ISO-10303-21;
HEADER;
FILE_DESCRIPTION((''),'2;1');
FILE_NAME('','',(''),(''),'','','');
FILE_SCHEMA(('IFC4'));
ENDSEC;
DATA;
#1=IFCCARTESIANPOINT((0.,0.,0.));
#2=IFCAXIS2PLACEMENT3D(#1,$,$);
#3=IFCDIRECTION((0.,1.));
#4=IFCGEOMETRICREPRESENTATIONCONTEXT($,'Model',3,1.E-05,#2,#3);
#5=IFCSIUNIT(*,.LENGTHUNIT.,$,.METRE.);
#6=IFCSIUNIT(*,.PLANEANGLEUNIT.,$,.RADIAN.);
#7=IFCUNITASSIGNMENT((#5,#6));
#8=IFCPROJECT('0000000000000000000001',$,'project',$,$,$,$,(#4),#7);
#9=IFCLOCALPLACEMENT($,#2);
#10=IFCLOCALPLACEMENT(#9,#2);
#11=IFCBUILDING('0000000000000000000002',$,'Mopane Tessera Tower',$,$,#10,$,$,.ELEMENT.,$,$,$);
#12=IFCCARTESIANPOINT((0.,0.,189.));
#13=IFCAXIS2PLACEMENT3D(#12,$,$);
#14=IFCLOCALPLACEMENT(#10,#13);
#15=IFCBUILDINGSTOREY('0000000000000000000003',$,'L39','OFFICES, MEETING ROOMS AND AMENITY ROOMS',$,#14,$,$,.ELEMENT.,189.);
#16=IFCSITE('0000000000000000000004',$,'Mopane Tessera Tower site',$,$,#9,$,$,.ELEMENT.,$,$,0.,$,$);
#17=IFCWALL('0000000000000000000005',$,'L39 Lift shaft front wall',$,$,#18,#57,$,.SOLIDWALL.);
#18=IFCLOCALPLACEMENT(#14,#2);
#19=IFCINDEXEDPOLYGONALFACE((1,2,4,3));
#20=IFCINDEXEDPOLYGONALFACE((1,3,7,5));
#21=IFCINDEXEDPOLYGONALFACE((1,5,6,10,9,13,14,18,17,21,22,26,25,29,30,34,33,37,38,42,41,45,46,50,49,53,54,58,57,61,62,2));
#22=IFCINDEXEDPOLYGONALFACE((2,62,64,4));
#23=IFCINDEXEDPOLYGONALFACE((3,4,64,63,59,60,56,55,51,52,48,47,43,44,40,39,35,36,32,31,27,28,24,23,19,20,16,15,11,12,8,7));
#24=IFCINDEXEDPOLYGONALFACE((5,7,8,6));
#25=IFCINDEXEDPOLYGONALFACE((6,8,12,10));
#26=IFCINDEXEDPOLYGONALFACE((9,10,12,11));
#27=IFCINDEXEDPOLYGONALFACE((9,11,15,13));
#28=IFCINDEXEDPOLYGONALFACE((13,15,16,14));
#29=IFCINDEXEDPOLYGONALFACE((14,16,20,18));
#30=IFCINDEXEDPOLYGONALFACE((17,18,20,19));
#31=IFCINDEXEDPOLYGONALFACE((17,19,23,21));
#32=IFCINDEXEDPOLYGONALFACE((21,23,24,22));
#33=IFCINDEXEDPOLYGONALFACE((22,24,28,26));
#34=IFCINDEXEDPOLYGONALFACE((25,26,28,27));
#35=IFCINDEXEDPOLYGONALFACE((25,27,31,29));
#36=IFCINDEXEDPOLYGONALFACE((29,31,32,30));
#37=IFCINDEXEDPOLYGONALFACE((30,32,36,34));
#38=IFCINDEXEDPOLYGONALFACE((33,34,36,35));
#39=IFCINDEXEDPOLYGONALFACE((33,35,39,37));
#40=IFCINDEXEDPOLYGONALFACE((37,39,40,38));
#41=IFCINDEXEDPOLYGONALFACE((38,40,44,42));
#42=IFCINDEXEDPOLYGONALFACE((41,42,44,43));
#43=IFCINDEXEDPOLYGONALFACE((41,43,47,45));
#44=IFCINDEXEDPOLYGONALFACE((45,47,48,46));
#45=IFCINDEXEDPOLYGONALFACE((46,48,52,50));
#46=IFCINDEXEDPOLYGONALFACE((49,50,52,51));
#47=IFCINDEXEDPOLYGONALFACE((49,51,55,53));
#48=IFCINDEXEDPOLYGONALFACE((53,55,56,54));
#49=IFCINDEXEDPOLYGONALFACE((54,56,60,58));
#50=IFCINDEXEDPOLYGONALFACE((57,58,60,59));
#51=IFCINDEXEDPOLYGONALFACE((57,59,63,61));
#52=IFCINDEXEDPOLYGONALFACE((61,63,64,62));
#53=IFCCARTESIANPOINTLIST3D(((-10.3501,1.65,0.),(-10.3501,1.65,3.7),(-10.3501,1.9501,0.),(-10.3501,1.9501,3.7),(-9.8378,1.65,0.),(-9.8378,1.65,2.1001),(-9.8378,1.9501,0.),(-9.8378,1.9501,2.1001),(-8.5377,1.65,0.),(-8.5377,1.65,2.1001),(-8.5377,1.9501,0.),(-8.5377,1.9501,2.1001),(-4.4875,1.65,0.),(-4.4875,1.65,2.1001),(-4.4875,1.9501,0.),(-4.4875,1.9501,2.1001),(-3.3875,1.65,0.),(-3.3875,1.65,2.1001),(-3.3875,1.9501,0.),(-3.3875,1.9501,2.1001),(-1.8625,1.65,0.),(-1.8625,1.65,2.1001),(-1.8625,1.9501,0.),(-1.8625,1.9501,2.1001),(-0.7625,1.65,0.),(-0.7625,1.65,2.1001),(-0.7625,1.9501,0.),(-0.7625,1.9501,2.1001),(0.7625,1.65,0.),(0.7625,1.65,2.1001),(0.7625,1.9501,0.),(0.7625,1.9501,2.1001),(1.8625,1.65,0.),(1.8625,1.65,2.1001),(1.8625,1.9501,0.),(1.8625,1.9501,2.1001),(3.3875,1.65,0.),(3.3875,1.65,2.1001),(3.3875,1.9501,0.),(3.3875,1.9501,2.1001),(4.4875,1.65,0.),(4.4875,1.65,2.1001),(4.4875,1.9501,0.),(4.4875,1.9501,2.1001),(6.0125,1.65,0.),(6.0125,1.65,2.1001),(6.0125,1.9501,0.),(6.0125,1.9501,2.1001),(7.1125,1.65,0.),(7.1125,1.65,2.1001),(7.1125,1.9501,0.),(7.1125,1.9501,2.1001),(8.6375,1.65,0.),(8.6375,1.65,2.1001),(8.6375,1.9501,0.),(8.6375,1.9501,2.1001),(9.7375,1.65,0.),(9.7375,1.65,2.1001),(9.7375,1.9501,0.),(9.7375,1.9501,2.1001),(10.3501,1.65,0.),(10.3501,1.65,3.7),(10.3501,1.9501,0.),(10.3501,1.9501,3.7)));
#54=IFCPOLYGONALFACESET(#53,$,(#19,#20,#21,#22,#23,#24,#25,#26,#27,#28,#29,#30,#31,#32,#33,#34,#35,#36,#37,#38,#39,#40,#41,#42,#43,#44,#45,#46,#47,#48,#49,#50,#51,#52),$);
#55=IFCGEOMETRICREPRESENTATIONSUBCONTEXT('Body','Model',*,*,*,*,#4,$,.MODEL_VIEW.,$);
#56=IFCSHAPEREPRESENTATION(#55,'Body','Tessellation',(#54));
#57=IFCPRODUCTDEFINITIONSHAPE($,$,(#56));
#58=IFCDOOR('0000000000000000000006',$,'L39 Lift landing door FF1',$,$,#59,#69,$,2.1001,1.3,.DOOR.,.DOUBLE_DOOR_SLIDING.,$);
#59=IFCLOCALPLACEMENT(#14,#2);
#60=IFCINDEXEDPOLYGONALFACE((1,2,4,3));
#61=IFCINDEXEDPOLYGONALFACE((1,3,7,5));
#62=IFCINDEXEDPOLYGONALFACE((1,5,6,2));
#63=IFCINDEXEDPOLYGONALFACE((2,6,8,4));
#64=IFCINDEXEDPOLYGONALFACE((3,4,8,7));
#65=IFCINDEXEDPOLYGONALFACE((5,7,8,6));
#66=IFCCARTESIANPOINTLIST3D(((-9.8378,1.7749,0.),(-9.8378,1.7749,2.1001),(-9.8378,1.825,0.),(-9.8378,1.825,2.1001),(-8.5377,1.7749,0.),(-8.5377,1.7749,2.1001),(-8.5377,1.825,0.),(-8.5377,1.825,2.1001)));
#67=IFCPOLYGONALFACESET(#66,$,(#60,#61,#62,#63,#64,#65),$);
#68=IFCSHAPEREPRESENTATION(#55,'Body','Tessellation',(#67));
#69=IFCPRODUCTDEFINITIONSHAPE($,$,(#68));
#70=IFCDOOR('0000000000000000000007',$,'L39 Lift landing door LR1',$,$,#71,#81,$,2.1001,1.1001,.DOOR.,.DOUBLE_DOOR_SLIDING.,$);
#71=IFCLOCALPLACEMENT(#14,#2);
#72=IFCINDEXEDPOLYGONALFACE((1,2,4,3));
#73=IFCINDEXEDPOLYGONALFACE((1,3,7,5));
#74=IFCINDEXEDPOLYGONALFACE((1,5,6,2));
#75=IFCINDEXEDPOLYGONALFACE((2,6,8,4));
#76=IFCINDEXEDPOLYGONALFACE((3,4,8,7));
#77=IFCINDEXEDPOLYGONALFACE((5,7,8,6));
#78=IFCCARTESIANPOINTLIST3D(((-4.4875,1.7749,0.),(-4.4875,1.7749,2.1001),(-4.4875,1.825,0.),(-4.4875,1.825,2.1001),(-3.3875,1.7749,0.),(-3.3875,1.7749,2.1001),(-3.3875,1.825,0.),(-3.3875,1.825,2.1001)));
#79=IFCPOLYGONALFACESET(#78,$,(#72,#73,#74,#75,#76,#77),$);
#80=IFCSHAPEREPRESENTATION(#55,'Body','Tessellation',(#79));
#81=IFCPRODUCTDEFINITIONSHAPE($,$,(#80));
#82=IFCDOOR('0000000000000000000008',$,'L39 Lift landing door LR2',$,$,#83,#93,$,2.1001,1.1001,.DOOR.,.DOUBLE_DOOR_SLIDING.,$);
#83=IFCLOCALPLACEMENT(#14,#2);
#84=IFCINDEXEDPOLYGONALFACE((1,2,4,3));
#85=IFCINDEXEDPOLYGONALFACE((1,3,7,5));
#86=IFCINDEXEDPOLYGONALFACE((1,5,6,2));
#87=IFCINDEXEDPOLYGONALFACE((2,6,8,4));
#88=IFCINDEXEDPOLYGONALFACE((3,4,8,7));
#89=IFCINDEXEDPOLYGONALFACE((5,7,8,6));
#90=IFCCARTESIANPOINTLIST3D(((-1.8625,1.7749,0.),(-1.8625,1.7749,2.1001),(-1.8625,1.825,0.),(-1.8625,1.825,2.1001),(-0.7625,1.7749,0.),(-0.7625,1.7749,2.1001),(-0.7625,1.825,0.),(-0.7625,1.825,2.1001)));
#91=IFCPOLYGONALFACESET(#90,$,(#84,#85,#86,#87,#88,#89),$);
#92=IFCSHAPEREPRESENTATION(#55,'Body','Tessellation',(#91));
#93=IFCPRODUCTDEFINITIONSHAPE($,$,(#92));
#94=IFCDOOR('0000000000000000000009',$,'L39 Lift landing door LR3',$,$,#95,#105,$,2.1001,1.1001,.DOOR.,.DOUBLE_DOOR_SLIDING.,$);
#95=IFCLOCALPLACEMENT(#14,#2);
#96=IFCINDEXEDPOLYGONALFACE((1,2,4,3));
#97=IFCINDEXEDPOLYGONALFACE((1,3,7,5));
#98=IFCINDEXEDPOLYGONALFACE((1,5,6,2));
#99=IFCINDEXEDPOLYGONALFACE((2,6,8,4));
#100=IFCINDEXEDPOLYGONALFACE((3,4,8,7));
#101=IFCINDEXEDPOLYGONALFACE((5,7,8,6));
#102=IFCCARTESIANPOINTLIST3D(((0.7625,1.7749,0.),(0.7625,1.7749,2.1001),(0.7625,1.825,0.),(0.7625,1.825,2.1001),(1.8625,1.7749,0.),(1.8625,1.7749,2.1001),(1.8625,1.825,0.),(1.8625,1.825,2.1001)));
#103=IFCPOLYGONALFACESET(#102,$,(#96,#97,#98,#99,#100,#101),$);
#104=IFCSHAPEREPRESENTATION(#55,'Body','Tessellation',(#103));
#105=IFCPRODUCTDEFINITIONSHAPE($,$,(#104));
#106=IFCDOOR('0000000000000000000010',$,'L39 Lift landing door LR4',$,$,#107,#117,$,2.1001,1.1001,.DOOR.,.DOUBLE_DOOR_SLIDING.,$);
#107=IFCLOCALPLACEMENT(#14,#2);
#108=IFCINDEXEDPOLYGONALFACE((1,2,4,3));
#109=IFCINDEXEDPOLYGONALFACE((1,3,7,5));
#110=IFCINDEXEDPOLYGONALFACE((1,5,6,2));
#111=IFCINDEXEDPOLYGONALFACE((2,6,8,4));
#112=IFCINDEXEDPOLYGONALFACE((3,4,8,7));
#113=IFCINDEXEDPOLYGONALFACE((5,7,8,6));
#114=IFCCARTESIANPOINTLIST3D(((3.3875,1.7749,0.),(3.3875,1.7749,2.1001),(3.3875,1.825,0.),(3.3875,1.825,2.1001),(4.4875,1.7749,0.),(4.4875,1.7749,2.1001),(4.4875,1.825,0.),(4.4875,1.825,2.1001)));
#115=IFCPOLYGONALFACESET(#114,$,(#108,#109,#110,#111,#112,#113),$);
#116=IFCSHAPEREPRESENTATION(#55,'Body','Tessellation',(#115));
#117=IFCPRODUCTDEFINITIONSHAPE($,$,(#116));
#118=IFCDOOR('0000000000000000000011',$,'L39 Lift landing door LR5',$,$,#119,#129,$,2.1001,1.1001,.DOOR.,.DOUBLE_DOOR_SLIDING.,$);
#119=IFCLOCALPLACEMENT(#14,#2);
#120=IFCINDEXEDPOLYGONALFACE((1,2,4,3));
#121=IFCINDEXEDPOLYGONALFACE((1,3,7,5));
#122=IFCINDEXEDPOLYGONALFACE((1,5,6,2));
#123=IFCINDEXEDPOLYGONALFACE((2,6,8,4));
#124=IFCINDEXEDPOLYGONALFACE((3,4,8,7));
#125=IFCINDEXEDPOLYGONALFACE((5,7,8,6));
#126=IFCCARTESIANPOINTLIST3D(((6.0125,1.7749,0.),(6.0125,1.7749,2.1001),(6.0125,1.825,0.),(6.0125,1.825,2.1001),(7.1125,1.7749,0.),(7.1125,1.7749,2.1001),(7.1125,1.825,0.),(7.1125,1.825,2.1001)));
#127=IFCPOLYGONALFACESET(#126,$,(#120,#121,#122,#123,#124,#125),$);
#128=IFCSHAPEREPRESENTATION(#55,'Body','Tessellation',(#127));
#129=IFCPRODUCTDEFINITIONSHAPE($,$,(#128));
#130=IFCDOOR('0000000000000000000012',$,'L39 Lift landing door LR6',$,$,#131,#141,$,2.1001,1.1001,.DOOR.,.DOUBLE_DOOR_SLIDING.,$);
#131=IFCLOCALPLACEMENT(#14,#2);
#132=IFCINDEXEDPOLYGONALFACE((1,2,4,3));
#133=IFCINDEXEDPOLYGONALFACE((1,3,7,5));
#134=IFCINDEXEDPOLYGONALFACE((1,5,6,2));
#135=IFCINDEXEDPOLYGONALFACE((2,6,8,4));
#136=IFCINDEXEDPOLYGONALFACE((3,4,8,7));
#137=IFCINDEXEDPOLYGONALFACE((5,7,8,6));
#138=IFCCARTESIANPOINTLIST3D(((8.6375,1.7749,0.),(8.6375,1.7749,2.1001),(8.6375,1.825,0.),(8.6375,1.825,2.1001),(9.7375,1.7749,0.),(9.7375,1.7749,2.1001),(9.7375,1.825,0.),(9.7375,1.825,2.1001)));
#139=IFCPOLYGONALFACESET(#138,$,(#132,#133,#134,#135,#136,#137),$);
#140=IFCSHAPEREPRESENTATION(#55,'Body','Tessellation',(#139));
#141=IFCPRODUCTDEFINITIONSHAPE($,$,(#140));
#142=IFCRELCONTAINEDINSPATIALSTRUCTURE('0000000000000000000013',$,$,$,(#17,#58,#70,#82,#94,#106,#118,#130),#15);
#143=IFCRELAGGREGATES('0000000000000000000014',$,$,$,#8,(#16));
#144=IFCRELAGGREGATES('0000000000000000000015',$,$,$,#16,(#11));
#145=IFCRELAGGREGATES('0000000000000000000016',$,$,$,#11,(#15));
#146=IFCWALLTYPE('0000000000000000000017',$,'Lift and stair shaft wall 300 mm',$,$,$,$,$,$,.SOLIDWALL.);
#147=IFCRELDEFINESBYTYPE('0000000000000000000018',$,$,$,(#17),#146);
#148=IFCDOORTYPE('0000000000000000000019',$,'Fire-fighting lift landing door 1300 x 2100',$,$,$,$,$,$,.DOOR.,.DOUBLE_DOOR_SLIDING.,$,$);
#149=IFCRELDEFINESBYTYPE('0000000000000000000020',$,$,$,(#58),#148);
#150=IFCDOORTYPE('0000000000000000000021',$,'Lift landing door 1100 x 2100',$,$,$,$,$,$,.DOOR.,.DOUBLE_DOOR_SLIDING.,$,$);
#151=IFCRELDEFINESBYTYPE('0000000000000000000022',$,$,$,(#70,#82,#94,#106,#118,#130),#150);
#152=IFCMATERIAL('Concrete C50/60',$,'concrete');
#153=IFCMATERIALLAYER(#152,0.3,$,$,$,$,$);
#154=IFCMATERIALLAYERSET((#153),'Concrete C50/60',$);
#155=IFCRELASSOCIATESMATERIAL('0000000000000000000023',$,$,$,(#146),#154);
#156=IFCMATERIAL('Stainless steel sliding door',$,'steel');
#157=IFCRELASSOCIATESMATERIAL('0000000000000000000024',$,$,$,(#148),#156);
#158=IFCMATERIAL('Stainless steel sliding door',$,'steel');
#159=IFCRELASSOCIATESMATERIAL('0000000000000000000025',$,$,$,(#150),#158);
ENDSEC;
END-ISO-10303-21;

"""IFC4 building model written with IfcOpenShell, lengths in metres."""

from ifc_helpers import new_model, si_unit, direction, frame, frame_2d, origin, place, context, subcontext, project, spatial, rectangle, extrude, material, layer, layer_set, type_object, element, fill, save


model = new_model("IFC4")

# Units and contexts
model_context = context("Model", 3, precision=1e-05, world=origin(), true_north=direction((0.0, 1.0)))
body_context = subcontext(model_context, "Body", "Model", "MODEL_VIEW")
ifc_project = project(units=[si_unit("LENGTHUNIT", "METRE"), si_unit("PLANEANGLEUNIT", "RADIAN")], contexts=[model_context])

# Site, building, storey
site_placement = place(None, origin())
site = spatial("IfcSite", under=ifc_project, at=site_placement, Name="Mopane Tessera Tower site", CompositionType="ELEMENT", RefElevation=0.0)
building_placement = place(site_placement, origin())
building = spatial("IfcBuilding", under=site, at=building_placement, Name="Mopane Tessera Tower", CompositionType="ELEMENT")
storey_placement = place(building_placement, frame((0.0, 0.0, 189.0)))
storey = spatial("IfcBuildingStorey", under=building, at=storey_placement, Name="L39", Description="OFFICES, MEETING ROOMS AND AMENITY ROOMS", CompositionType="ELEMENT", Elevation=189.0)

# Wall, openings, doors
ifc_material_1 = material(Name="Concrete C50/60", Category="concrete")
ifc_layer_1 = layer(ifc_material_1, 0.3)
ifc_layer_set_1 = layer_set([ifc_layer_1], Name="Concrete C50/60")
wall_type_1 = type_object("IfcWallType", Name="Lift and stair shaft wall 300 mm", PredefinedType="SOLIDWALL", material=ifc_layer_set_1)
wall_1_placement = place(storey_placement, frame((-10.3501, 1.8, 0.0), z_axis=(0.0, 0.0, 1.0), x_axis=(1.0, 0.0, 0.0)))
wall_1 = element("IfcWall", 1, at=wall_1_placement, inside=storey, type_object=wall_type_1, Name="L39 Lift shaft front wall", PredefinedType="SOLIDWALL", context=body_context, shape_type="SweptSolid", body=[
    extrude(rectangle(XDim=20.7002, YDim=0.3, at=frame_2d((10.3501, 0.0))), origin(), (0.0, 0.0, 1.0), 3.7),
])
opening_1_placement = place(wall_1_placement, frame((0.5125, 0.0, 0.0)))
opening_1 = element("IfcOpeningElement", 2, at=opening_1_placement, cuts=wall_1, PredefinedType="OPENING", context=body_context, shape_type="SweptSolid", body=[
    extrude(rectangle(XDim=1.3, YDim=2.1001, at=frame_2d((0.6499, 1.05))), frame((0.0, 0.1621, 0.0), z_axis=(0.0, -1.0, 0.0), x_axis=(1.0, 0.0, 0.0)), (0.0, 0.0, 1.0), 0.324),
])
opening_2_placement = place(wall_1_placement, frame((5.8625, 0.0, 0.0)))
opening_2 = element("IfcOpeningElement", 3, at=opening_2_placement, cuts=wall_1, PredefinedType="OPENING", context=body_context, shape_type="SweptSolid", body=[
    extrude(rectangle(XDim=1.1001, YDim=2.1001, at=frame_2d((0.55, 1.05))), frame((0.0, 0.1621, 0.0), z_axis=(0.0, -1.0, 0.0), x_axis=(1.0, 0.0, 0.0)), (0.0, 0.0, 1.0), 0.324),
])
opening_3_placement = place(wall_1_placement, frame((8.4875, 0.0, 0.0)))
opening_3 = element("IfcOpeningElement", 4, at=opening_3_placement, cuts=wall_1, PredefinedType="OPENING", context=body_context, shape_type="SweptSolid", body=[
    extrude(rectangle(XDim=1.1001, YDim=2.1001, at=frame_2d((0.55, 1.05))), frame((0.0, 0.1621, 0.0), z_axis=(0.0, -1.0, 0.0), x_axis=(1.0, 0.0, 0.0)), (0.0, 0.0, 1.0), 0.324),
])
opening_4_placement = place(wall_1_placement, frame((11.1125, 0.0, 0.0)))
opening_4 = element("IfcOpeningElement", 5, at=opening_4_placement, cuts=wall_1, PredefinedType="OPENING", context=body_context, shape_type="SweptSolid", body=[
    extrude(rectangle(XDim=1.1001, YDim=2.1001, at=frame_2d((0.55, 1.05))), frame((0.0, 0.1621, 0.0), z_axis=(0.0, -1.0, 0.0), x_axis=(1.0, 0.0, 0.0)), (0.0, 0.0, 1.0), 0.324),
])
opening_5_placement = place(wall_1_placement, frame((13.7375, 0.0, 0.0)))
opening_5 = element("IfcOpeningElement", 6, at=opening_5_placement, cuts=wall_1, PredefinedType="OPENING", context=body_context, shape_type="SweptSolid", body=[
    extrude(rectangle(XDim=1.1001, YDim=2.1001, at=frame_2d((0.55, 1.05))), frame((0.0, 0.1621, 0.0), z_axis=(0.0, -1.0, 0.0), x_axis=(1.0, 0.0, 0.0)), (0.0, 0.0, 1.0), 0.324),
])
opening_6_placement = place(wall_1_placement, frame((16.3625, 0.0, 0.0)))
opening_6 = element("IfcOpeningElement", 7, at=opening_6_placement, cuts=wall_1, PredefinedType="OPENING", context=body_context, shape_type="SweptSolid", body=[
    extrude(rectangle(XDim=1.1001, YDim=2.1001, at=frame_2d((0.55, 1.05))), frame((0.0, 0.1621, 0.0), z_axis=(0.0, -1.0, 0.0), x_axis=(1.0, 0.0, 0.0)), (0.0, 0.0, 1.0), 0.324),
])
opening_7_placement = place(wall_1_placement, frame((18.9875, 0.0, 0.0)))
opening_7 = element("IfcOpeningElement", 8, at=opening_7_placement, cuts=wall_1, PredefinedType="OPENING", context=body_context, shape_type="SweptSolid", body=[
    extrude(rectangle(XDim=1.1001, YDim=2.1001, at=frame_2d((0.55, 1.05))), frame((0.0, 0.1621, 0.0), z_axis=(0.0, -1.0, 0.0), x_axis=(1.0, 0.0, 0.0)), (0.0, 0.0, 1.0), 0.324),
])
ifc_material_2 = material(Name="Stainless steel sliding door", Category="steel")
door_type_1 = type_object("IfcDoorType", Name="Fire-fighting lift landing door 1300 x 2100", OperationType="DOUBLE_DOOR_SLIDING", PredefinedType="DOOR", material=ifc_material_2)
door_1_placement = place(opening_1_placement, origin())
door_1 = element("IfcDoor", 9, at=door_1_placement, inside=storey, type_object=door_type_1, Name="L39 Lift landing door FF1", OperationType="DOUBLE_DOOR_SLIDING", OverallHeight=2.1001, OverallWidth=1.3, PredefinedType="DOOR", context=body_context, shape_type="SweptSolid", body=[
    extrude(rectangle(XDim=1.3, YDim=2.1001, at=frame_2d((0.6499, 1.05))), frame((0.0, 0.0249, 0.0), z_axis=(0.0, -1.0, 0.0), x_axis=(1.0, 0.0, 0.0)), (0.0, 0.0, 1.0), 0.05),
])
fill(opening_1, door_1)
ifc_material_3 = material(Name="Stainless steel sliding door", Category="steel")
door_type_2 = type_object("IfcDoorType", Name="Lift landing door 1100 x 2100", OperationType="DOUBLE_DOOR_SLIDING", PredefinedType="DOOR", material=ifc_material_3)
door_2_placement = place(opening_2_placement, origin())
door_2 = element("IfcDoor", 10, at=door_2_placement, inside=storey, type_object=door_type_2, Name="L39 Lift landing door LR1", OperationType="DOUBLE_DOOR_SLIDING", OverallHeight=2.1001, OverallWidth=1.1001, PredefinedType="DOOR", context=body_context, shape_type="SweptSolid", body=[
    extrude(rectangle(XDim=1.1001, YDim=2.1001, at=frame_2d((0.55, 1.05))), frame((0.0, 0.0249, 0.0), z_axis=(0.0, -1.0, 0.0), x_axis=(1.0, 0.0, 0.0)), (0.0, 0.0, 1.0), 0.05),
])
fill(opening_2, door_2)
door_3_placement = place(opening_3_placement, origin())
door_3 = element("IfcDoor", 11, at=door_3_placement, inside=storey, type_object=door_type_2, Name="L39 Lift landing door LR2", OperationType="DOUBLE_DOOR_SLIDING", OverallHeight=2.1001, OverallWidth=1.1001, PredefinedType="DOOR", context=body_context, shape_type="SweptSolid", body=[
    extrude(rectangle(XDim=1.1001, YDim=2.1001, at=frame_2d((0.55, 1.05))), frame((0.0, 0.0249, 0.0), z_axis=(0.0, -1.0, 0.0), x_axis=(1.0, 0.0, 0.0)), (0.0, 0.0, 1.0), 0.05),
])
fill(opening_3, door_3)
door_4_placement = place(opening_4_placement, origin())
door_4 = element("IfcDoor", 12, at=door_4_placement, inside=storey, type_object=door_type_2, Name="L39 Lift landing door LR3", OperationType="DOUBLE_DOOR_SLIDING", OverallHeight=2.1001, OverallWidth=1.1001, PredefinedType="DOOR", context=body_context, shape_type="SweptSolid", body=[
    extrude(rectangle(XDim=1.1001, YDim=2.1001, at=frame_2d((0.55, 1.05))), frame((0.0, 0.0249, 0.0), z_axis=(0.0, -1.0, 0.0), x_axis=(1.0, 0.0, 0.0)), (0.0, 0.0, 1.0), 0.05),
])
fill(opening_4, door_4)
door_5_placement = place(opening_5_placement, origin())
door_5 = element("IfcDoor", 13, at=door_5_placement, inside=storey, type_object=door_type_2, Name="L39 Lift landing door LR4", OperationType="DOUBLE_DOOR_SLIDING", OverallHeight=2.1001, OverallWidth=1.1001, PredefinedType="DOOR", context=body_context, shape_type="SweptSolid", body=[
    extrude(rectangle(XDim=1.1001, YDim=2.1001, at=frame_2d((0.55, 1.05))), frame((0.0, 0.0249, 0.0), z_axis=(0.0, -1.0, 0.0), x_axis=(1.0, 0.0, 0.0)), (0.0, 0.0, 1.0), 0.05),
])
fill(opening_5, door_5)
door_6_placement = place(opening_6_placement, origin())
door_6 = element("IfcDoor", 14, at=door_6_placement, inside=storey, type_object=door_type_2, Name="L39 Lift landing door LR5", OperationType="DOUBLE_DOOR_SLIDING", OverallHeight=2.1001, OverallWidth=1.1001, PredefinedType="DOOR", context=body_context, shape_type="SweptSolid", body=[
    extrude(rectangle(XDim=1.1001, YDim=2.1001, at=frame_2d((0.55, 1.05))), frame((0.0, 0.0249, 0.0), z_axis=(0.0, -1.0, 0.0), x_axis=(1.0, 0.0, 0.0)), (0.0, 0.0, 1.0), 0.05),
])
fill(opening_6, door_6)
door_7_placement = place(opening_7_placement, origin())
door_7 = element("IfcDoor", 15, at=door_7_placement, inside=storey, type_object=door_type_2, Name="L39 Lift landing door LR6", OperationType="DOUBLE_DOOR_SLIDING", OverallHeight=2.1001, OverallWidth=1.1001, PredefinedType="DOOR", context=body_context, shape_type="SweptSolid", body=[
    extrude(rectangle(XDim=1.1001, YDim=2.1001, at=frame_2d((0.55, 1.05))), frame((0.0, 0.0249, 0.0), z_axis=(0.0, -1.0, 0.0), x_axis=(1.0, 0.0, 0.0)), (0.0, 0.0, 1.0), 0.05),
])
fill(opening_7, door_7)

save(model, "model.ifc")
